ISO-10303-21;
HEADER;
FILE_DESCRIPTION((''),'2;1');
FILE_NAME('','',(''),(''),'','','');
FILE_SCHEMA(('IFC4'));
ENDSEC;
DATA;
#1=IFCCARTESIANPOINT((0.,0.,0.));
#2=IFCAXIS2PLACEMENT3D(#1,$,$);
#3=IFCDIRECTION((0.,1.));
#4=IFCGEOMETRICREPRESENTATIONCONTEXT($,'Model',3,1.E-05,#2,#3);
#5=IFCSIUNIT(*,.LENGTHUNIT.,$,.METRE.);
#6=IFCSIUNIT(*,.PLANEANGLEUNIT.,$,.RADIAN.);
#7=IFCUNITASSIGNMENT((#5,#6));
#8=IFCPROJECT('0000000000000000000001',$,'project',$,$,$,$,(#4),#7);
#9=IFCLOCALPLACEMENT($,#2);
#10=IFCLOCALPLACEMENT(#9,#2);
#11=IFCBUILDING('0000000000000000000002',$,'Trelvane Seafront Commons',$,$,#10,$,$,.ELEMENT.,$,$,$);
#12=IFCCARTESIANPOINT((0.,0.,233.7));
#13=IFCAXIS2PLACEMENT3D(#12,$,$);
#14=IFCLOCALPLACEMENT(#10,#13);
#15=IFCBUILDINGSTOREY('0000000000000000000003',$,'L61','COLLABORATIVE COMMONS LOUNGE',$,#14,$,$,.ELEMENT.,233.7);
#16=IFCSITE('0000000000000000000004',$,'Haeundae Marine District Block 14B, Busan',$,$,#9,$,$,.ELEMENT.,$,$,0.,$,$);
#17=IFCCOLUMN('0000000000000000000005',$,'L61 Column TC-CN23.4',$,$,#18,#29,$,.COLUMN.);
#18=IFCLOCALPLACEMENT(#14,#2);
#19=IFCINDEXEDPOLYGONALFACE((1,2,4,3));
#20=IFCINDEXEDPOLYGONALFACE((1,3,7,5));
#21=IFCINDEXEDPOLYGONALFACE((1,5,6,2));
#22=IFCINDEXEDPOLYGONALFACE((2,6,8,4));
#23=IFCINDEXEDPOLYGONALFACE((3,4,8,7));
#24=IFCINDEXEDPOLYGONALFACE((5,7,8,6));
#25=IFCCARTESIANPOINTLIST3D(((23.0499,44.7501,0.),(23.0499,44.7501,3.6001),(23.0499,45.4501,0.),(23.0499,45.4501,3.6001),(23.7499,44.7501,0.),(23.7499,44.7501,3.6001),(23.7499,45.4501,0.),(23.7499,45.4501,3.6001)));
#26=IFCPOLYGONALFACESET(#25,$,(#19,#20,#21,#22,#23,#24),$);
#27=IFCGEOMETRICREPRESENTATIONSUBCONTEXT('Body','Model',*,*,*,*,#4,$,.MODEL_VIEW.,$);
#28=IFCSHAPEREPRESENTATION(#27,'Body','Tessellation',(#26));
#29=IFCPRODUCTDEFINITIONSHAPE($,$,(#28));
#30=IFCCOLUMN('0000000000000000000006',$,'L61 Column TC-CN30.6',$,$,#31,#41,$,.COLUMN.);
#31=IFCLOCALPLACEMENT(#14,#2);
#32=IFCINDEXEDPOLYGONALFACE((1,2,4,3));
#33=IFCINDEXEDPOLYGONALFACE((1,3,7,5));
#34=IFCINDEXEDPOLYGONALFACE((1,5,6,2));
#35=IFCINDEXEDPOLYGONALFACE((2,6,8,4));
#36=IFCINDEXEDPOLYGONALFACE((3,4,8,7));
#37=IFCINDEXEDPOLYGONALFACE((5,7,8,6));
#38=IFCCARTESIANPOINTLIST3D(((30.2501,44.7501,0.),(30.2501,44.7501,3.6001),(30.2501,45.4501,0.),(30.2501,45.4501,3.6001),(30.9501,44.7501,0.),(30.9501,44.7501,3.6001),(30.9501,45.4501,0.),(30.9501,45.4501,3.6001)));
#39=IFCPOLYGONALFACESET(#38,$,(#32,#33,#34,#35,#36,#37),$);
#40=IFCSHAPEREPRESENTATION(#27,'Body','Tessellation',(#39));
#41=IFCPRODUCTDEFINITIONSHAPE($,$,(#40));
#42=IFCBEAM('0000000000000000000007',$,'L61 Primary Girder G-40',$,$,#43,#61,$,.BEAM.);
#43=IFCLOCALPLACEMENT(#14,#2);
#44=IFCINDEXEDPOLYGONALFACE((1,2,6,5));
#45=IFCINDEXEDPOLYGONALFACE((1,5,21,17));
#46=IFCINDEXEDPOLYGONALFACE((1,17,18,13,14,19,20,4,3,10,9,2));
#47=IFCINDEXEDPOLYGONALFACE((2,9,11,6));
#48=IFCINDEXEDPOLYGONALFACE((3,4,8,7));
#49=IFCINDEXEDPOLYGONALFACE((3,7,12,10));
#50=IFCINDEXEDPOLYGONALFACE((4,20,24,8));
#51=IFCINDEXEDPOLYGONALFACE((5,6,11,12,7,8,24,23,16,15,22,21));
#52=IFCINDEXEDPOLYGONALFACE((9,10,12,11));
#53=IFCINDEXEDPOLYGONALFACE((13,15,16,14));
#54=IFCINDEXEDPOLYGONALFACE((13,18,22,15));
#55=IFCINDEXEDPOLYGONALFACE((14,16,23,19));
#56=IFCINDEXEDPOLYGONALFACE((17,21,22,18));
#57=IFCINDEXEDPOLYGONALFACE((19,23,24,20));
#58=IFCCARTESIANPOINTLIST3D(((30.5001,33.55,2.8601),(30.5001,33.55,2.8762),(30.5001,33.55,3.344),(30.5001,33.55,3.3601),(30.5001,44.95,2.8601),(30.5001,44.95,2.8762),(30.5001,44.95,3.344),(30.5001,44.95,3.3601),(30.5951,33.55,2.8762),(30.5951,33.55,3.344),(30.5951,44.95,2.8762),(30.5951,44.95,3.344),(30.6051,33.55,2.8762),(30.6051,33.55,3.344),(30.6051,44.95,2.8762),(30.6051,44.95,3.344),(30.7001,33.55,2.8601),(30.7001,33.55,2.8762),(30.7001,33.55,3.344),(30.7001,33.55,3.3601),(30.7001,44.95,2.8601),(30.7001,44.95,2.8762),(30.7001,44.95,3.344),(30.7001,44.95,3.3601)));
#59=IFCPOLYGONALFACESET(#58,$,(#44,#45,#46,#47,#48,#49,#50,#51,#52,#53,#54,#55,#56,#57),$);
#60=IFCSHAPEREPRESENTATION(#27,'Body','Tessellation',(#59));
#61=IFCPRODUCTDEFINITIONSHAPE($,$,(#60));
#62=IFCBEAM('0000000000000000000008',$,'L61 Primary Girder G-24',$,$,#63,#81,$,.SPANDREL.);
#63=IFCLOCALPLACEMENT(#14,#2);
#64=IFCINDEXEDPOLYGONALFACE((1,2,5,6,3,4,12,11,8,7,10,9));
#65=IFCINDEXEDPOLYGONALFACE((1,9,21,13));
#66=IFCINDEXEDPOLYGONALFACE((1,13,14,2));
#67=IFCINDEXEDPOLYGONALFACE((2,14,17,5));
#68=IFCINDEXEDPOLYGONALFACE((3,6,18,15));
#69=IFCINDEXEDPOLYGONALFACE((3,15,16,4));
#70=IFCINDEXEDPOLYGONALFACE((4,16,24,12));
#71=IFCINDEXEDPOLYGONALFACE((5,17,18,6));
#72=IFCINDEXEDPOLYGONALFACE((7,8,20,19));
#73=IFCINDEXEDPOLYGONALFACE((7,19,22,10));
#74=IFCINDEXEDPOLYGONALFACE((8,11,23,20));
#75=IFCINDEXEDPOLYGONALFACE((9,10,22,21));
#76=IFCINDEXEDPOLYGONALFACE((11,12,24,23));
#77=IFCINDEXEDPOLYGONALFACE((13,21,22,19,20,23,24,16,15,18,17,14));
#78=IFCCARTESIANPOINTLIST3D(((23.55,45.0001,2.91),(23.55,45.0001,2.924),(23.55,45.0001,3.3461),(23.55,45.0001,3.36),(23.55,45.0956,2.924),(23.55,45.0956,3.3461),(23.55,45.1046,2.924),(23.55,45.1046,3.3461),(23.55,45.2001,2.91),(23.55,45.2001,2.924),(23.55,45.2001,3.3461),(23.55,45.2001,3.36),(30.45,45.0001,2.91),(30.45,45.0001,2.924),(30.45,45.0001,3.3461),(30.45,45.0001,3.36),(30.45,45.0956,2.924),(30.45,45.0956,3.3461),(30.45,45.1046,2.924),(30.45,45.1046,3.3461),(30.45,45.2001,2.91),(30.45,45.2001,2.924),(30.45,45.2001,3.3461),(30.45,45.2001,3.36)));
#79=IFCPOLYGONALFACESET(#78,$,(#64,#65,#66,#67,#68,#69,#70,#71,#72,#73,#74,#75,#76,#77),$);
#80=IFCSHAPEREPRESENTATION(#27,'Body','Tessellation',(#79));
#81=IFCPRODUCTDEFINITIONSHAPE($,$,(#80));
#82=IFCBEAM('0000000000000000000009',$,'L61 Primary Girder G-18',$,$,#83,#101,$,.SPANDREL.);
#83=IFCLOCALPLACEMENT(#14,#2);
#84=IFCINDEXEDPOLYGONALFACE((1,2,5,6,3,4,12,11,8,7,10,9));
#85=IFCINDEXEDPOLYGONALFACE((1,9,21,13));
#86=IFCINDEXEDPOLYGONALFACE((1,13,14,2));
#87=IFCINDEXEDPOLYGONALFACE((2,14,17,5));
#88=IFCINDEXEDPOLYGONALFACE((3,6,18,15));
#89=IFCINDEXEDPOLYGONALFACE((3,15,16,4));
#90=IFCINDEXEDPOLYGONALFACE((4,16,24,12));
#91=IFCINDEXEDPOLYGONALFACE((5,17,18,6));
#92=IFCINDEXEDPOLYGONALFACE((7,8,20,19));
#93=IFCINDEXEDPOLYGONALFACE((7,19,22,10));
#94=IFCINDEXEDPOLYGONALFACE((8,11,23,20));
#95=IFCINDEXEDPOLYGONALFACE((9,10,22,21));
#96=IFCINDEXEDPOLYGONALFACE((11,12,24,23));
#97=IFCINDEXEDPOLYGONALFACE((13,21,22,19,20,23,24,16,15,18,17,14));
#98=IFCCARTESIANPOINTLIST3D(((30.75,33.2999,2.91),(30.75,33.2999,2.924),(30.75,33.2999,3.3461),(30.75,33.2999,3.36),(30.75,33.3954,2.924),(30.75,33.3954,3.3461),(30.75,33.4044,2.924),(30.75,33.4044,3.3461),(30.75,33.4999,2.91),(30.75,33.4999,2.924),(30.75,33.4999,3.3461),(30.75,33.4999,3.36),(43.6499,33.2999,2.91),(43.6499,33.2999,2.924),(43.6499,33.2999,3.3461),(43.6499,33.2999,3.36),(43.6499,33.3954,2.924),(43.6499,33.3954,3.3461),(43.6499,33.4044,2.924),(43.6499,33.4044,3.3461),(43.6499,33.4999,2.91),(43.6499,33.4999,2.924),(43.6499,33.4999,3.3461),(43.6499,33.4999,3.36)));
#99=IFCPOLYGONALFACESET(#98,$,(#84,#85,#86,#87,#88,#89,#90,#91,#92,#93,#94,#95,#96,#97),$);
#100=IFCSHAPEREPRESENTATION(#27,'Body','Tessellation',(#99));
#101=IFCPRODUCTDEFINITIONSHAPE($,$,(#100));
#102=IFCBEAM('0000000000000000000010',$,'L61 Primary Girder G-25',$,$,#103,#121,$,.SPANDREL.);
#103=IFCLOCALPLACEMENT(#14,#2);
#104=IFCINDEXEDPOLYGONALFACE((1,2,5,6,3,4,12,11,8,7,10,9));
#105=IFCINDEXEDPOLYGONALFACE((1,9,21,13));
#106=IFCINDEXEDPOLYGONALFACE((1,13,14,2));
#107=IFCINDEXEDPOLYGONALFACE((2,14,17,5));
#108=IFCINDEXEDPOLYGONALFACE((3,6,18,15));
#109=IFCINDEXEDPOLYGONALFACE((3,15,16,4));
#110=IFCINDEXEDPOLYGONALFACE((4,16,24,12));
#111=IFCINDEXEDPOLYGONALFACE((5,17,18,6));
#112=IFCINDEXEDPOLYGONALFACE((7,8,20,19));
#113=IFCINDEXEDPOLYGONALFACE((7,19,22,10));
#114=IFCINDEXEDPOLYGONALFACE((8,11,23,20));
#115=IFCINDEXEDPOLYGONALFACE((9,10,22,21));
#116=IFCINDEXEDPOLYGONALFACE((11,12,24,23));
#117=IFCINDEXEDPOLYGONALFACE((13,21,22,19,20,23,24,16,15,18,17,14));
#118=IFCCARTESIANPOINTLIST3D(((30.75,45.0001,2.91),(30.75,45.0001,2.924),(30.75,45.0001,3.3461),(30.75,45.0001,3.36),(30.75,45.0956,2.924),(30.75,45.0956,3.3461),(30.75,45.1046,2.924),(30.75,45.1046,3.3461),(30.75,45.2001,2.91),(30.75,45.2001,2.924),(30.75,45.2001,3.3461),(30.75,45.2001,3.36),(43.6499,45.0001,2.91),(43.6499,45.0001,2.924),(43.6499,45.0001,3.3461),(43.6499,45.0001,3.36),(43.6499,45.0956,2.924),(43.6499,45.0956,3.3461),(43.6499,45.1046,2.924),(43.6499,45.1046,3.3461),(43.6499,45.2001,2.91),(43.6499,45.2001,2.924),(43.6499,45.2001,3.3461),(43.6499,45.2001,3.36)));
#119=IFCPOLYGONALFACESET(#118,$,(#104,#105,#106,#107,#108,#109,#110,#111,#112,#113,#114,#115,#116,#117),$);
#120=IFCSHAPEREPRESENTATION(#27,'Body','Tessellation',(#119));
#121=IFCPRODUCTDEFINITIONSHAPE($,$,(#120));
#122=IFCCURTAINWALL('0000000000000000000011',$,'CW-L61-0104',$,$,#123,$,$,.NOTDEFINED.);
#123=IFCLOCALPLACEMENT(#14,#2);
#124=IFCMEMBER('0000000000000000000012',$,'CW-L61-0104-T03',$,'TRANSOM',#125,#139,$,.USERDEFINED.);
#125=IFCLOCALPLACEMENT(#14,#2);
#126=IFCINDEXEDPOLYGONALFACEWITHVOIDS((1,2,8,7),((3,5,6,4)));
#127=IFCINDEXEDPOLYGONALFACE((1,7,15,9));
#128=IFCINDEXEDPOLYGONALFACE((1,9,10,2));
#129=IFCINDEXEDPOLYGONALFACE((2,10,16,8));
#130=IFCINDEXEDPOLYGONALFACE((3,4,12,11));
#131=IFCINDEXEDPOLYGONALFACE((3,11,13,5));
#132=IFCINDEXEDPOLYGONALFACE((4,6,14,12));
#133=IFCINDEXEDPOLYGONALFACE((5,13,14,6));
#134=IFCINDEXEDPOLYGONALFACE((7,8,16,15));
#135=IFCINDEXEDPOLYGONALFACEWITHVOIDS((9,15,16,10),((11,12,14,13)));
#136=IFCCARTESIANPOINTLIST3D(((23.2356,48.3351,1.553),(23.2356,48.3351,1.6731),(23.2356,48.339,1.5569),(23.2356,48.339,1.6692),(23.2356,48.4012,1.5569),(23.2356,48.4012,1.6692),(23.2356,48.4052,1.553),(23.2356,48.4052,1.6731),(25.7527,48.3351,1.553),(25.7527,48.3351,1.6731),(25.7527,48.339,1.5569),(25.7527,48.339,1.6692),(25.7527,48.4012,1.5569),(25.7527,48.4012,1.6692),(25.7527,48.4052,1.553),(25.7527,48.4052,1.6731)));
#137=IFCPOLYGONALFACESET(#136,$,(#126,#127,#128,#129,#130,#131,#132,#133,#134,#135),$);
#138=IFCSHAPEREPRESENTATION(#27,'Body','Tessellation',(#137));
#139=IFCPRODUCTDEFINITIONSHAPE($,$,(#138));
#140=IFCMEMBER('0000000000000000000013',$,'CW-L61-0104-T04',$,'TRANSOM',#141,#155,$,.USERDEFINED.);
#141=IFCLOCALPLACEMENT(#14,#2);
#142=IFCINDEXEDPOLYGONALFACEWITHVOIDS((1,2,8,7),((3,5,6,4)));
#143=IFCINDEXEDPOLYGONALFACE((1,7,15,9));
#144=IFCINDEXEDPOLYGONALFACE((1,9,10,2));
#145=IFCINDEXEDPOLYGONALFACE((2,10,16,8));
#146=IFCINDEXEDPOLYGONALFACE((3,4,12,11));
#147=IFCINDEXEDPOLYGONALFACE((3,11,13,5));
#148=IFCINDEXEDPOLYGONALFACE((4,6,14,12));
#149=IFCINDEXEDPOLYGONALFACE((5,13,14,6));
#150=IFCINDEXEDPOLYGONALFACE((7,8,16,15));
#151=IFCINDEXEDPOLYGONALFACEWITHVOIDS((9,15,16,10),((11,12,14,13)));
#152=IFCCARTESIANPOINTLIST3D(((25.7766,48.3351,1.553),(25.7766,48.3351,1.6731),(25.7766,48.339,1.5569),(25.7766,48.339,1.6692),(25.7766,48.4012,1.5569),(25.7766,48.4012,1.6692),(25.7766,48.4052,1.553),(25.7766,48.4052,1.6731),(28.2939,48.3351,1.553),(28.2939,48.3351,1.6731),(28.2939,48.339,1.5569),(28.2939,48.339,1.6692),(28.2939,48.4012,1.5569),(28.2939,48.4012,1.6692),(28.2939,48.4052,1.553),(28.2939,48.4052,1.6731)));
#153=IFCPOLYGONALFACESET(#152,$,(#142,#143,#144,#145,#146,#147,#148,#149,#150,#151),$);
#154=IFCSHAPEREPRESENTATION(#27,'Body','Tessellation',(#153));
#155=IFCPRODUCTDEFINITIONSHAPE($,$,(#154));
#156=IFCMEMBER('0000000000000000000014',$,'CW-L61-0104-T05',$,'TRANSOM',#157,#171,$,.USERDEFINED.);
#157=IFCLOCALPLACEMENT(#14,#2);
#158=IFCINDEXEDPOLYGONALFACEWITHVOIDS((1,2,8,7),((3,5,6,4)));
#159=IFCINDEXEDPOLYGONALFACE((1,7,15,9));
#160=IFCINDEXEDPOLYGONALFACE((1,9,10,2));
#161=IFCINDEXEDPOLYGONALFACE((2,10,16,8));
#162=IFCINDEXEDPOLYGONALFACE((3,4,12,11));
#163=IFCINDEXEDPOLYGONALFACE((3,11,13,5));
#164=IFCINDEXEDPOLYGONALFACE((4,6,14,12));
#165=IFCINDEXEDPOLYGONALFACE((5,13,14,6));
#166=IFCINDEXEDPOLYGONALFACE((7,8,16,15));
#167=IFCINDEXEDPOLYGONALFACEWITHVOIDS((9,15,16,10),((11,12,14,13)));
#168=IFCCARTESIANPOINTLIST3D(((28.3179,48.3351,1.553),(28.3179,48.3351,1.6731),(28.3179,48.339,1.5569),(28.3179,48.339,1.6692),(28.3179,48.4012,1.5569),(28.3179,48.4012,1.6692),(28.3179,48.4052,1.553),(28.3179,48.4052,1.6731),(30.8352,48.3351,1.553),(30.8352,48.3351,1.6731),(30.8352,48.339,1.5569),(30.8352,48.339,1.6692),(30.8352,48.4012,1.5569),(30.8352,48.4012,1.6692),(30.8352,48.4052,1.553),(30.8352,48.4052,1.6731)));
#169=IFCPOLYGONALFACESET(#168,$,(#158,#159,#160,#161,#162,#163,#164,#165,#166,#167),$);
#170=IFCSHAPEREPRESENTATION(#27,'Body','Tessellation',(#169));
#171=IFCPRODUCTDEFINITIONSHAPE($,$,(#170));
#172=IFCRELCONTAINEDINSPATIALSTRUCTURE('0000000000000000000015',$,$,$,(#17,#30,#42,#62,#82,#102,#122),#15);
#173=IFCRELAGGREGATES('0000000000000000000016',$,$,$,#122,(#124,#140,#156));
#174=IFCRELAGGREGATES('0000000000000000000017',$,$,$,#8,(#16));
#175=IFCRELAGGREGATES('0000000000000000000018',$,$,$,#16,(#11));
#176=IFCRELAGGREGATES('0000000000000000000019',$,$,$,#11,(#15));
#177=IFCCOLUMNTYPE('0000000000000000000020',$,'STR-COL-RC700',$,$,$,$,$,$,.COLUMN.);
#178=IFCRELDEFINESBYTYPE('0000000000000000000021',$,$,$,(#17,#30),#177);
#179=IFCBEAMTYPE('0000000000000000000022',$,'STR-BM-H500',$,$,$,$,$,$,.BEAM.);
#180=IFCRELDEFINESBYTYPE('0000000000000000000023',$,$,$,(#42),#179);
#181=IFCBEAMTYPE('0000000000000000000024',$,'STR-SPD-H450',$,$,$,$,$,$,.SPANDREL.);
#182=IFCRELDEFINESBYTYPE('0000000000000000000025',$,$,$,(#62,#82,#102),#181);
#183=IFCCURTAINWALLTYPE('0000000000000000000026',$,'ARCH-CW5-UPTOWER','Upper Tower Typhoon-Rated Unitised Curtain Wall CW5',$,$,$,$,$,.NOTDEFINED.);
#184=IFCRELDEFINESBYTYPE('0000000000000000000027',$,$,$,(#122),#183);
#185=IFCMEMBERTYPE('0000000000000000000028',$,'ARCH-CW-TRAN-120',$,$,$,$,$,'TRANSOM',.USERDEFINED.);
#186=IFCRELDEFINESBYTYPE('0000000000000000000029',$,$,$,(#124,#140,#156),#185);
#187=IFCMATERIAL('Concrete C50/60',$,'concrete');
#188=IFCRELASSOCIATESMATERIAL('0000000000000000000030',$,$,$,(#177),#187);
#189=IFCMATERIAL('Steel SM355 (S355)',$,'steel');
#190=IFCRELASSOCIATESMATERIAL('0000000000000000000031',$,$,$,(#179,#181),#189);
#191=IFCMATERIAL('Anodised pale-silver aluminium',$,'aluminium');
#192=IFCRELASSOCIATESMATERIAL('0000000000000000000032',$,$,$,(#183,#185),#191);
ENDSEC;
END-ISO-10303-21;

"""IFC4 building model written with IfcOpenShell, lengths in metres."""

from ifc_helpers import new_model, si_unit, direction, frame, origin, origin_2d, place, context, subcontext, project, spatial, rectangle, hollow_rectangle, i_section, extrude, source, transform, mapped, material, material_profile, profile_set, type_object, element, aggregate, save


model = new_model("IFC4")

# Units and contexts
model_context = context("Model", 3, precision=1e-05, world=origin(), true_north=direction((0.0, 1.0)))
body_context = subcontext(model_context, "Body", "Model", "MODEL_VIEW")
ifc_project = project(units=[si_unit("LENGTHUNIT", "METRE"), si_unit("PLANEANGLEUNIT", "RADIAN")], contexts=[model_context])

# Site, building, storey
site_placement = place(None, origin())
site = spatial("IfcSite", under=ifc_project, at=site_placement, Name="Haeundae Marine District Block 14B, Busan", CompositionType="ELEMENT", RefElevation=0.0)
building_placement = place(site_placement, origin())
building = spatial("IfcBuilding", under=site, at=building_placement, Name="Trelvane Seafront Commons", CompositionType="ELEMENT")
storey_placement = place(building_placement, frame((0.0, 0.0, 233.7)))
storey = spatial("IfcBuildingStorey", under=building, at=storey_placement, Name="L61", Description="COLLABORATIVE COMMONS LOUNGE", CompositionType="ELEMENT", Elevation=233.7)

# Columns
ifc_material_1 = material(Name="Concrete C50/60", Category="concrete")
ifc_material_profile_1 = material_profile(ifc_material_1, rectangle(XDim=0.7, YDim=0.7, at=origin_2d()), Name="RC-700x700")
ifc_profile_set_1 = profile_set([ifc_material_profile_1], Name="Concrete C50/60")
column_type = type_object("IfcColumnType", Name="STR-COL-RC700", PredefinedType="COLUMN", material=ifc_profile_set_1)
shared_shape_1 = source(origin(), body_context, "Body", "SweptSolid", [
    extrude(rectangle(XDim=0.7, YDim=0.7, at=origin_2d()), origin(), (0.0, 0.0, 1.0), 3.6001),
])
for number, where, z_axis, x_axis, name in (
    (1, (23.3999, 45.1001, 0.0), (0.0, 0.0, 1.0), (1.0, 0.0, 0.0), "L61 Column TC-CN23.4"),
    (2, (30.6001, 45.1001, 0.0), (0.0, 0.0, 1.0), (1.0, 0.0, 0.0), "L61 Column TC-CN30.6"),
):
    element("IfcColumn", number, at=place(storey_placement, frame(where, z_axis=z_axis, x_axis=x_axis)), inside=storey, type_object=column_type, Name=name, PredefinedType="COLUMN", context=body_context, shape_type="MappedRepresentation", body=[
        mapped(shared_shape_1, transform((0.0, 0.0, 0.0), x_axis=(1.0, 0.0, 0.0), y_axis=(0.0, 1.0, 0.0), z_axis=(0.0, 0.0, 1.0), scale=1.0)),
    ])

# Beams
ifc_material_2 = material(Name="Steel SM355 (S355)", Category="steel")
ifc_material_profile_2 = material_profile(ifc_material_2, i_section(OverallWidth=0.2, OverallDepth=0.5, WebThickness=0.01, FlangeThickness=0.0161, at=origin_2d()), Name="H-500x200x10x16")
ifc_profile_set_2 = profile_set([ifc_material_profile_2], Name="Steel SM355 (S355)")
beam_type_1 = type_object("IfcBeamType", Name="STR-BM-H500", PredefinedType="BEAM", material=ifc_profile_set_2)
shared_shape_2 = source(origin(), body_context, "Body", "SweptSolid", [
    extrude(i_section(OverallWidth=0.2, OverallDepth=0.5, WebThickness=0.01, FlangeThickness=0.0161, at=origin_2d()), origin(), (0.0, 0.0, 1.0), 11.3999),
])
beam_1_placement = place(storey_placement, frame((30.6001, 33.55, 3.1101), z_axis=(0.0, 1.0, 0.0), x_axis=(-1.0, 0.0, 0.0)))
element("IfcBeam", 3, at=beam_1_placement, inside=storey, type_object=beam_type_1, Name="L61 Primary Girder G-40", PredefinedType="BEAM", context=body_context, shape_type="MappedRepresentation", body=[
    mapped(shared_shape_2, transform((0.0, 0.0, 0.0), x_axis=(1.0, 0.0, 0.0), y_axis=(0.0, 1.0, 0.0), z_axis=(0.0, 0.0, 1.0), scale=1.0)),
])
ifc_material_profile_3 = material_profile(ifc_material_2, i_section(OverallWidth=0.2, OverallDepth=0.45, WebThickness=0.009, FlangeThickness=0.0139, at=origin_2d()), Name="H-450x200x9x14")
ifc_profile_set_3 = profile_set([ifc_material_profile_3], Name="Steel SM355 (S355)")
beam_type_2 = type_object("IfcBeamType", Name="STR-SPD-H450", PredefinedType="SPANDREL", material=ifc_profile_set_3)
shared_shape_3 = source(origin(), body_context, "Body", "SweptSolid", [
    extrude(i_section(OverallWidth=0.2, OverallDepth=0.45, WebThickness=0.009, FlangeThickness=0.0139, at=origin_2d()), origin(), (0.0, 0.0, 1.0), 6.8999),
])
beam_2_placement = place(storey_placement, frame((23.55, 45.1001, 3.135), z_axis=(1.0, 0.0, 0.0), x_axis=(0.0, 1.0, 0.0)))
element("IfcBeam", 4, at=beam_2_placement, inside=storey, type_object=beam_type_2, Name="L61 Primary Girder G-24", PredefinedType="SPANDREL", context=body_context, shape_type="MappedRepresentation", body=[
    mapped(shared_shape_3, transform((0.0, 0.0, 0.0), x_axis=(1.0, 0.0, 0.0), y_axis=(0.0, 1.0, 0.0), z_axis=(0.0, 0.0, 1.0), scale=1.0)),
])
shared_shape_4 = source(origin(), body_context, "Body", "SweptSolid", [
    extrude(i_section(OverallWidth=0.2, OverallDepth=0.45, WebThickness=0.009, FlangeThickness=0.0139, at=origin_2d()), origin(), (0.0, 0.0, 1.0), 12.8999),
])
for number, where, z_axis, x_axis, name in (
    (5, (30.75, 33.3999, 3.135), (1.0, 0.0, 0.0), (0.0, 1.0, 0.0), "L61 Primary Girder G-18"),
    (6, (30.75, 45.1001, 3.135), (1.0, 0.0, 0.0), (0.0, 1.0, 0.0), "L61 Primary Girder G-25"),
):
    element("IfcBeam", number, at=place(storey_placement, frame(where, z_axis=z_axis, x_axis=x_axis)), inside=storey, type_object=beam_type_2, Name=name, PredefinedType="SPANDREL", context=body_context, shape_type="MappedRepresentation", body=[
        mapped(shared_shape_4, transform((0.0, 0.0, 0.0), x_axis=(1.0, 0.0, 0.0), y_axis=(0.0, 1.0, 0.0), z_axis=(0.0, 0.0, 1.0), scale=1.0)),
    ])

# Curtain wall, members
ifc_material_3 = material(Name="Anodised pale-silver aluminium", Category="aluminium")
curtain_wall_type = type_object("IfcCurtainWallType", Name="ARCH-CW5-UPTOWER", Description="Upper Tower Typhoon-Rated Unitised Curtain Wall CW5", PredefinedType="NOTDEFINED", material=ifc_material_3)
curtain_wall_placement = place(storey_placement, origin())
curtain_wall = element("IfcCurtainWall", 7, at=curtain_wall_placement, inside=storey, type_object=curtain_wall_type, Name="CW-L61-0104", PredefinedType="NOTDEFINED")
ifc_material_profile_4 = material_profile(ifc_material_3, hollow_rectangle(XDim=0.0701, YDim=0.1201, WallThickness=0.0039, at=origin_2d()), Name="TRAN-70x120x4")
ifc_profile_set_4 = profile_set([ifc_material_profile_4], Name="Anodised pale-silver aluminium")
member_type_1 = type_object("IfcMemberType", Name="ARCH-CW-TRAN-120", ElementType="TRANSOM", PredefinedType="USERDEFINED", material=ifc_profile_set_4)
shared_shape_5 = source(origin(), body_context, "Body", "SweptSolid", [
    extrude(hollow_rectangle(XDim=0.0701, YDim=0.1201, WallThickness=0.0039, at=origin_2d()), origin(), (0.0, 0.0, 1.0), 2.5171),
])
member_1_placement = place(storey_placement, frame((23.2356, 48.3701, 1.613), z_axis=(1.0, 0.0, 0.0), x_axis=(0.0, 1.0, 0.0)))
member_1 = element("IfcMember", 8, at=member_1_placement, type_object=member_type_1, Name="CW-L61-0104-T03", ObjectType="TRANSOM", PredefinedType="USERDEFINED", context=body_context, shape_type="MappedRepresentation", body=[
    mapped(shared_shape_5, transform((0.0, 0.0, 0.0), x_axis=(1.0, 0.0, 0.0), y_axis=(0.0, 1.0, 0.0), z_axis=(0.0, 0.0, 1.0), scale=1.0)),
])
shared_shape_6 = source(origin(), body_context, "Body", "SweptSolid", [
    extrude(hollow_rectangle(XDim=0.0701, YDim=0.1201, WallThickness=0.0039, at=origin_2d()), origin(), (0.0, 0.0, 1.0), 2.5173),
])
member_2_placement = place(storey_placement, frame((25.7766, 48.3701, 1.613), z_axis=(1.0, 0.0, 0.0), x_axis=(0.0, 1.0, 0.0)))
member_2 = element("IfcMember", 9, at=member_2_placement, type_object=member_type_1, Name="CW-L61-0104-T04", ObjectType="TRANSOM", PredefinedType="USERDEFINED", context=body_context, shape_type="MappedRepresentation", body=[
    mapped(shared_shape_6, transform((0.0, 0.0, 0.0), x_axis=(1.0, 0.0, 0.0), y_axis=(0.0, 1.0, 0.0), z_axis=(0.0, 0.0, 1.0), scale=1.0)),
])
member_3_placement = place(storey_placement, frame((28.3179, 48.3701, 1.613), z_axis=(1.0, 0.0, 0.0), x_axis=(0.0, 1.0, 0.0)))
member_3 = element("IfcMember", 10, at=member_3_placement, type_object=member_type_1, Name="CW-L61-0104-T05", ObjectType="TRANSOM", PredefinedType="USERDEFINED", context=body_context, shape_type="MappedRepresentation", body=[
    mapped(shared_shape_6, transform((0.0, 0.0, 0.0), x_axis=(1.0, 0.0, 0.0), y_axis=(0.0, 1.0, 0.0), z_axis=(0.0, 0.0, 1.0), scale=1.0)),
])
aggregate(curtain_wall, [member_1, member_2, member_3])

save(model, "model.ifc")
